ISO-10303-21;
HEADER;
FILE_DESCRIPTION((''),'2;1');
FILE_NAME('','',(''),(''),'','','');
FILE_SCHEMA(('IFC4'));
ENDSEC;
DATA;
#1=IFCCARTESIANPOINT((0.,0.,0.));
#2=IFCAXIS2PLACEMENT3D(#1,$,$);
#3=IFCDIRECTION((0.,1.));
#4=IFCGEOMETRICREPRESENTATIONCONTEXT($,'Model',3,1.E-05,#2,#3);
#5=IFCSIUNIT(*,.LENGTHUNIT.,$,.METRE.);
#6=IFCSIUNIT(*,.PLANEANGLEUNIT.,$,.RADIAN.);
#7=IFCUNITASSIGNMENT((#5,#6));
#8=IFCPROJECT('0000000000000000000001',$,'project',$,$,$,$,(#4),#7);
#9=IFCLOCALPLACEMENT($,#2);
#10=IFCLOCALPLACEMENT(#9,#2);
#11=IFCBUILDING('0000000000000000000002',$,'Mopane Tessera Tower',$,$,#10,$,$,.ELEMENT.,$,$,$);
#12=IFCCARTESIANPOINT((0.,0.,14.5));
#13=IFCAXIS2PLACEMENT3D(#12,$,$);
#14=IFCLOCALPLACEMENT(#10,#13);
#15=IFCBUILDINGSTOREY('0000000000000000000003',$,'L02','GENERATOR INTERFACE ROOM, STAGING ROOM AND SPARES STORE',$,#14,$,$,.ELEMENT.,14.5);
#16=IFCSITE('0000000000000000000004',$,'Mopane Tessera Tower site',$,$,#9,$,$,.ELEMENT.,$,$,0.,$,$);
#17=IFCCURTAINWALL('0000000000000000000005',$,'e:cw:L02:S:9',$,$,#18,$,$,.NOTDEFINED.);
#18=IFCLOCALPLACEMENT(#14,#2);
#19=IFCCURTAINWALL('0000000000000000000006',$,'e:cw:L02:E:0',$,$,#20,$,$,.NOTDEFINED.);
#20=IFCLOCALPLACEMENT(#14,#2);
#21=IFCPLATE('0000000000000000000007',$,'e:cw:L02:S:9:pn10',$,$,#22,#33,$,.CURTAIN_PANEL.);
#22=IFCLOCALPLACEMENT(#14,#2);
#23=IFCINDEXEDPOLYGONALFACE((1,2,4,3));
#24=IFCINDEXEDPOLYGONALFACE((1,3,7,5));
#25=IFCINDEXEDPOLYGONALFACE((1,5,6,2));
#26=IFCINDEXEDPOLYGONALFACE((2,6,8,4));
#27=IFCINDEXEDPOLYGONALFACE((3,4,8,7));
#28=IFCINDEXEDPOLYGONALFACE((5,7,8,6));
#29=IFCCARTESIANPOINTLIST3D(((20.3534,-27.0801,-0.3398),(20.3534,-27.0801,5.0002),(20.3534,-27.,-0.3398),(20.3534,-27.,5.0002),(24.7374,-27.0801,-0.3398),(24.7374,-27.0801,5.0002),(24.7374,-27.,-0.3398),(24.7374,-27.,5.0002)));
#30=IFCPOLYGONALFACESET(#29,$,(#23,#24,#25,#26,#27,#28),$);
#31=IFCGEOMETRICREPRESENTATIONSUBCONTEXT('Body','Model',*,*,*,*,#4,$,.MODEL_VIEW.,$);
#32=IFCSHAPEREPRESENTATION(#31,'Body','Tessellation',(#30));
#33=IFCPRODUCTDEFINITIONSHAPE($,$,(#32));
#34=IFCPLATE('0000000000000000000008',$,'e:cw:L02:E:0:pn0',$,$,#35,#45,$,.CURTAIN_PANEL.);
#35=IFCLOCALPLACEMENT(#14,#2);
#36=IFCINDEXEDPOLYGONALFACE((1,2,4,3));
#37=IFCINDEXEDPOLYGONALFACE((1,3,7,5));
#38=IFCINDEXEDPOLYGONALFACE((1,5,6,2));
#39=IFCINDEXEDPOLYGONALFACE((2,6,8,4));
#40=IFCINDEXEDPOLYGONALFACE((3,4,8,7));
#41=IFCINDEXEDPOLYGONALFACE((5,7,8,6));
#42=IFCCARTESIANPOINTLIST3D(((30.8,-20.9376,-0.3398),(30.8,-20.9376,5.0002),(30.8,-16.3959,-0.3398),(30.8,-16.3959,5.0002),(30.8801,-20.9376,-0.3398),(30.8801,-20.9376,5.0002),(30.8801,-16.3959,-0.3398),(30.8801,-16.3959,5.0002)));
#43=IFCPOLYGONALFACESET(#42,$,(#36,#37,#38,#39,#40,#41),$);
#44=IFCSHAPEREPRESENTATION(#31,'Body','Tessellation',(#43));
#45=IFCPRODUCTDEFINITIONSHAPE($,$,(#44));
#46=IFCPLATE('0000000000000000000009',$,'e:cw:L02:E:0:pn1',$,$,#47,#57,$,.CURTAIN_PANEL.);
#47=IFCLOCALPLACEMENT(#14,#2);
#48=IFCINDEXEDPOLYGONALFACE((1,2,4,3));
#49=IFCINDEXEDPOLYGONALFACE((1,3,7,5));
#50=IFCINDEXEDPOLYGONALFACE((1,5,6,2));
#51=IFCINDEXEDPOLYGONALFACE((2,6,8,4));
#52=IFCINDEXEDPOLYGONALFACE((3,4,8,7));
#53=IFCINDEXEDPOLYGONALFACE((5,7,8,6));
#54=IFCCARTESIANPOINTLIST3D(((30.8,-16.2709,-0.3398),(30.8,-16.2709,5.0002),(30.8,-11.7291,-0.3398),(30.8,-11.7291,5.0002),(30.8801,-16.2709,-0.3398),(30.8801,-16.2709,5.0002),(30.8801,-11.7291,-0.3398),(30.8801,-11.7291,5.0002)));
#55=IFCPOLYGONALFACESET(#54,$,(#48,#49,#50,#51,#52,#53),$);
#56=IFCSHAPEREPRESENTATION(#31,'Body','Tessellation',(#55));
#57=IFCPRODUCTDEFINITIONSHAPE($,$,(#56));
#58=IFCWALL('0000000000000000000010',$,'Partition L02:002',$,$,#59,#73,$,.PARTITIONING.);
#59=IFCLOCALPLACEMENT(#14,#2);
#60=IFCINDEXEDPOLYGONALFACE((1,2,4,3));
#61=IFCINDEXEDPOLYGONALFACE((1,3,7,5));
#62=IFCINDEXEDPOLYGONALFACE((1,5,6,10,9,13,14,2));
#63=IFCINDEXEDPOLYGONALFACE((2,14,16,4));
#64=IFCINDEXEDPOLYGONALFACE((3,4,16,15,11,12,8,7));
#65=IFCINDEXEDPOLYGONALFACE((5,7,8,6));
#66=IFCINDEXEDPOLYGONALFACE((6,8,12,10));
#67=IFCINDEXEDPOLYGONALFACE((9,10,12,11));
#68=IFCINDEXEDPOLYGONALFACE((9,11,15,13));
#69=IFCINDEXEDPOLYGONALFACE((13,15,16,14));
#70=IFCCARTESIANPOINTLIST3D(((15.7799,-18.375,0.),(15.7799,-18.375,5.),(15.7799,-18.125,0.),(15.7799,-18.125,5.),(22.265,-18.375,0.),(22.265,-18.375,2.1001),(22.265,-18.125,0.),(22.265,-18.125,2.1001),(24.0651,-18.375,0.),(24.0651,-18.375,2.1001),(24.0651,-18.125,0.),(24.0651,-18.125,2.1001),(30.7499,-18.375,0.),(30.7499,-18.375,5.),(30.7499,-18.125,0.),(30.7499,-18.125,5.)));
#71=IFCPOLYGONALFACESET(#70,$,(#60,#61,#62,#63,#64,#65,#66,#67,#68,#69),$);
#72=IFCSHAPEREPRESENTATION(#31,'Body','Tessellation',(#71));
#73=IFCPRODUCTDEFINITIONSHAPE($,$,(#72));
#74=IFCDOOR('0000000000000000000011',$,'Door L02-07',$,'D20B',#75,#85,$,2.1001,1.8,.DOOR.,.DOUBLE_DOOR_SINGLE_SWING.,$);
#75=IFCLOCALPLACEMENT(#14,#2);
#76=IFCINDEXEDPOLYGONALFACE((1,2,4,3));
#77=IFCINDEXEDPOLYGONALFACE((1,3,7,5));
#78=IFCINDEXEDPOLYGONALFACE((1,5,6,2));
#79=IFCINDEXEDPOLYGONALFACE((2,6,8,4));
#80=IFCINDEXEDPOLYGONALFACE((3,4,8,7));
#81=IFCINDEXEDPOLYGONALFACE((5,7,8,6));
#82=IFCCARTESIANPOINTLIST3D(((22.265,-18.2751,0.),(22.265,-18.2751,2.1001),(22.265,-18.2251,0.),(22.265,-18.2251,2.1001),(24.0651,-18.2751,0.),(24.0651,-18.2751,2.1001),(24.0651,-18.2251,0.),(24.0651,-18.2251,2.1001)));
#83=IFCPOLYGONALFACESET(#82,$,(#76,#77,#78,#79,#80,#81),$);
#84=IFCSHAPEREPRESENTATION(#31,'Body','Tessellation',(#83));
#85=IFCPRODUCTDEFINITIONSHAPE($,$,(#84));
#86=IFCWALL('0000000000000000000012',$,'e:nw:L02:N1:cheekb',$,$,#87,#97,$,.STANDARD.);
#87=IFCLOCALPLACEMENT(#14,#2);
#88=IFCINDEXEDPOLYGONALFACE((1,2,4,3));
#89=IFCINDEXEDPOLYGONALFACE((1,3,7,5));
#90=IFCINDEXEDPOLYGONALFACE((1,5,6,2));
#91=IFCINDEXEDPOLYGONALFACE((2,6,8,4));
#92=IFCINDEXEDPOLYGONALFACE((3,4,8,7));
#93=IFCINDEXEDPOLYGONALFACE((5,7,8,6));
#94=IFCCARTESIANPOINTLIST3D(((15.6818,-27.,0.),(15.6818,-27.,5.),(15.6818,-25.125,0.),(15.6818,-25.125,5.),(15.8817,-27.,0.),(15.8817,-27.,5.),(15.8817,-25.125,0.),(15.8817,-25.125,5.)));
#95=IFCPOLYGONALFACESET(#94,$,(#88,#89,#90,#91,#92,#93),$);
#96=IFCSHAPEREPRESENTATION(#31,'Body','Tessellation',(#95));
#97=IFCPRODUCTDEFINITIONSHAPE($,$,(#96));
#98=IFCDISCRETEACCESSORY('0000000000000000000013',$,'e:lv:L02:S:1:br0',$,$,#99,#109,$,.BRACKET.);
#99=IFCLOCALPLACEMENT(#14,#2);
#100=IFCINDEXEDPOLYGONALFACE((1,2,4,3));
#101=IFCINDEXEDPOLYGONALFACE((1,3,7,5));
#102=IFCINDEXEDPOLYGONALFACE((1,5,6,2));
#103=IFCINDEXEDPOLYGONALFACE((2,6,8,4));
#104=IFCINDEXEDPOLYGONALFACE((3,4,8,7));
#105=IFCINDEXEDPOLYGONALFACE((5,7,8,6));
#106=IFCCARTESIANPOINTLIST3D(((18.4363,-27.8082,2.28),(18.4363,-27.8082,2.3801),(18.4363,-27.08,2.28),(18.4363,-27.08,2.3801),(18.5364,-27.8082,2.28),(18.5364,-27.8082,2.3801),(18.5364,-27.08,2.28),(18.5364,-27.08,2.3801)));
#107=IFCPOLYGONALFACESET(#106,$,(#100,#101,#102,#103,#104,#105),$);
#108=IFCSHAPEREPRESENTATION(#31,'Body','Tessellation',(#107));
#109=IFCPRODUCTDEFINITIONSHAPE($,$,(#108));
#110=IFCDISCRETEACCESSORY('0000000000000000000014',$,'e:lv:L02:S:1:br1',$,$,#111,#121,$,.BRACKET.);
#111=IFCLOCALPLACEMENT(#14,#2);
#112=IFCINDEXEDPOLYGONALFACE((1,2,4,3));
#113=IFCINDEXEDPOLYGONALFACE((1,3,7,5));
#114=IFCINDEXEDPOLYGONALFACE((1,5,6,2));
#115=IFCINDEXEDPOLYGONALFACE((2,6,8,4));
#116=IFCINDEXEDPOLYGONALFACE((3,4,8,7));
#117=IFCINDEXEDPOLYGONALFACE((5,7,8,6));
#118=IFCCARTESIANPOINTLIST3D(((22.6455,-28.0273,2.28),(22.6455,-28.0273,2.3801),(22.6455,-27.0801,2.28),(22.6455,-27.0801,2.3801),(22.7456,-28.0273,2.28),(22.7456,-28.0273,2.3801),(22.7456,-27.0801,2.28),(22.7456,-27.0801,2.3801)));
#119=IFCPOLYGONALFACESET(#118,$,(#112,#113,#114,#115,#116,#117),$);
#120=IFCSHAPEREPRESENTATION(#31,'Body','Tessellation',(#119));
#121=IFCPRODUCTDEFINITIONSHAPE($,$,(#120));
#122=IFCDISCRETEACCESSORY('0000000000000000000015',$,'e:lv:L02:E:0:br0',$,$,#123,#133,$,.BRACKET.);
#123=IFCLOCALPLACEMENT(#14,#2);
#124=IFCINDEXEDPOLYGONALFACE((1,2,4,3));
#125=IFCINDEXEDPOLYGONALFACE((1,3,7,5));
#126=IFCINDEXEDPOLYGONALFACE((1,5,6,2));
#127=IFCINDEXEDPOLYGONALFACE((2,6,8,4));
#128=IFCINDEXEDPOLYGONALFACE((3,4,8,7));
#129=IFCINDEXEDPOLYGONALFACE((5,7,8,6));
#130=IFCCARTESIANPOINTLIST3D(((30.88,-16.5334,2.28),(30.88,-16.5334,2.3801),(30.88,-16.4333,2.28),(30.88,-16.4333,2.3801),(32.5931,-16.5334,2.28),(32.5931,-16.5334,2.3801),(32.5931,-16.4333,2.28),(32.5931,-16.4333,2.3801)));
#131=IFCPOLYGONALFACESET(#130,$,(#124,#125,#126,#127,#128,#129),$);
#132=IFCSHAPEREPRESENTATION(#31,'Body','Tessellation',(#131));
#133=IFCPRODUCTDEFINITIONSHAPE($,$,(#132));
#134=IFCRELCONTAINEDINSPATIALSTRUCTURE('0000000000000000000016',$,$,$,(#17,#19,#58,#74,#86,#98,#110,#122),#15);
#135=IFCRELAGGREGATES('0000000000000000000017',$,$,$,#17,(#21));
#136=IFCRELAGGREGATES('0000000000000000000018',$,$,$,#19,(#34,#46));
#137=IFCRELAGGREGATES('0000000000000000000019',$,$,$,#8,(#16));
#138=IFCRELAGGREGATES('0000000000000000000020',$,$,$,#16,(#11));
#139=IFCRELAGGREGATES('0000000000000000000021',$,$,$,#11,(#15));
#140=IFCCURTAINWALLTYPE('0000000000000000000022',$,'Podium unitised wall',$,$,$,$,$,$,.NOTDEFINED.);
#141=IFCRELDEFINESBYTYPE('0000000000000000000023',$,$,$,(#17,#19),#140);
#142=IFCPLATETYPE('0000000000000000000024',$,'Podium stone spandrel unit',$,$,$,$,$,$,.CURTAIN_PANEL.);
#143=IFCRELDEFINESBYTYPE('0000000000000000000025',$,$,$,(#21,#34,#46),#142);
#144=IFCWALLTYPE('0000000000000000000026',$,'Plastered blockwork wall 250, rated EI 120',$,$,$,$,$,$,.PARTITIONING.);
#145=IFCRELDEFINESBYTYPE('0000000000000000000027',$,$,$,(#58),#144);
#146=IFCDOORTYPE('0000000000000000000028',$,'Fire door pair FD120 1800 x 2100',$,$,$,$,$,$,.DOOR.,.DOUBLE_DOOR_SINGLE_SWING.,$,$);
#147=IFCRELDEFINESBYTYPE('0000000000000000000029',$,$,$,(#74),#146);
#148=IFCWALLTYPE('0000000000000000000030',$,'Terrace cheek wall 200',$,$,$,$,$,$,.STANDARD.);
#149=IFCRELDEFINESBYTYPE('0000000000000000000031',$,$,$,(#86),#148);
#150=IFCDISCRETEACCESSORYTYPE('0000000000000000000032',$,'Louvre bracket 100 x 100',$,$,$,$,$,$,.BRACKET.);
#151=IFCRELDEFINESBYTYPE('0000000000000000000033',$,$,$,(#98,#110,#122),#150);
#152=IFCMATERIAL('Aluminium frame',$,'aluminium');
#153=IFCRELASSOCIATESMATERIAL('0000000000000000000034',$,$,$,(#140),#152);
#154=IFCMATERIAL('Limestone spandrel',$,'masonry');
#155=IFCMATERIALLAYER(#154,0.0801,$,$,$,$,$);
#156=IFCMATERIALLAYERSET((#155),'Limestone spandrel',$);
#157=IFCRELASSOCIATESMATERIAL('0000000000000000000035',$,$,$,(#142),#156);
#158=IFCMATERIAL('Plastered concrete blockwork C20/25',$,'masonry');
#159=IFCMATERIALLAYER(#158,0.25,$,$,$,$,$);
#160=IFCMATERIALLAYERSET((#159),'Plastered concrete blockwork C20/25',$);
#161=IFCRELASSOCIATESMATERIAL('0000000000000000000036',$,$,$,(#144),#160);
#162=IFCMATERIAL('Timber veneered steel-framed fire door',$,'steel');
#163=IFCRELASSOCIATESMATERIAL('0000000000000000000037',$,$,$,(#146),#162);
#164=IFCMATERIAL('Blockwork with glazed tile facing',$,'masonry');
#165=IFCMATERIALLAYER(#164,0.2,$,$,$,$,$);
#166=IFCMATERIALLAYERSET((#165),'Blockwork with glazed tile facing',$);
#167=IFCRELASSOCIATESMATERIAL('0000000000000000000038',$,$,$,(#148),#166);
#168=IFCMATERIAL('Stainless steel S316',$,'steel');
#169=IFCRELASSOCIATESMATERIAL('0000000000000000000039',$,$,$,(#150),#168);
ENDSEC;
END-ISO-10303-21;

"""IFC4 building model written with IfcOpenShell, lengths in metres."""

from ifc_helpers import new_model, si_unit, direction, frame, frame_2d, origin, origin_2d, place, context, subcontext, project, spatial, rectangle, extrude, material, layer, layer_set, type_object, element, fill, aggregate, save


model = new_model("IFC4")

# Units and contexts
model_context = context("Model", 3, precision=1e-05, world=origin(), true_north=direction((0.0, 1.0)))
body_context = subcontext(model_context, "Body", "Model", "MODEL_VIEW")
ifc_project = project(units=[si_unit("LENGTHUNIT", "METRE"), si_unit("PLANEANGLEUNIT", "RADIAN")], contexts=[model_context])

# Site, building, storey
site_placement = place(None, origin())
site = spatial("IfcSite", under=ifc_project, at=site_placement, Name="Mopane Tessera Tower site", CompositionType="ELEMENT", RefElevation=0.0)
building_placement = place(site_placement, origin())
building = spatial("IfcBuilding", under=site, at=building_placement, Name="Mopane Tessera Tower", CompositionType="ELEMENT")
storey_placement = place(building_placement, frame((0.0, 0.0, 14.5)))
storey = spatial("IfcBuildingStorey", under=building, at=storey_placement, Name="L02", Description="GENERATOR INTERFACE ROOM, STAGING ROOM AND SPARES STORE", CompositionType="ELEMENT", Elevation=14.5)

# Curtain walls
ifc_material_1 = material(Name="Aluminium frame", Category="aluminium")
curtain_wall_type = type_object("IfcCurtainWallType", Name="Podium unitised wall", PredefinedType="NOTDEFINED", material=ifc_material_1)
curtain_wall_1_placement = place(storey_placement, origin())
curtain_wall_1 = element("IfcCurtainWall", 1, at=curtain_wall_1_placement, inside=storey, type_object=curtain_wall_type, Name="e:cw:L02:S:9", PredefinedType="NOTDEFINED")
curtain_wall_2_placement = place(storey_placement, origin())
curtain_wall_2 = element("IfcCurtainWall", 2, at=curtain_wall_2_placement, inside=storey, type_object=curtain_wall_type, Name="e:cw:L02:E:0", PredefinedType="NOTDEFINED")

# Plates
ifc_material_2 = material(Name="Limestone spandrel", Category="masonry")
ifc_layer_1 = layer(ifc_material_2, 0.0801)
ifc_layer_set_1 = layer_set([ifc_layer_1], Name="Limestone spandrel")
plate_type = type_object("IfcPlateType", Name="Podium stone spandrel unit", PredefinedType="CURTAIN_PANEL", material=ifc_layer_set_1)
plate_1_placement = place(storey_placement, frame((22.5454, -27.04, -0.3398), z_axis=(0.0, 0.0, 1.0), x_axis=(1.0, 0.0, 0.0)))
plate_1 = element("IfcPlate", 3, at=plate_1_placement, type_object=plate_type, Name="e:cw:L02:S:9:pn10", PredefinedType="CURTAIN_PANEL", context=body_context, shape_type="SweptSolid", body=[
    extrude(rectangle(XDim=4.384, YDim=0.0801, at=origin_2d()), origin(), (0.0, 0.0, 1.0), 5.3401),
])
aggregate(curtain_wall_1, [plate_1])
plate_2_placement = place(storey_placement, frame((30.8401, -18.6667, -0.3398), z_axis=(0.0, 0.0, 1.0), x_axis=(0.0, 1.0, 0.0)))
plate_2 = element("IfcPlate", 4, at=plate_2_placement, type_object=plate_type, Name="e:cw:L02:E:0:pn0", PredefinedType="CURTAIN_PANEL", context=body_context, shape_type="SweptSolid", body=[
    extrude(rectangle(XDim=4.5417, YDim=0.0801, at=origin_2d()), origin(), (0.0, 0.0, 1.0), 5.3401),
])
plate_3_placement = place(storey_placement, frame((30.8401, -14.0, -0.3398), z_axis=(0.0, 0.0, 1.0), x_axis=(0.0, 1.0, 0.0)))
plate_3 = element("IfcPlate", 5, at=plate_3_placement, type_object=plate_type, Name="e:cw:L02:E:0:pn1", PredefinedType="CURTAIN_PANEL", context=body_context, shape_type="SweptSolid", body=[
    extrude(rectangle(XDim=4.5417, YDim=0.0801, at=origin_2d()), origin(), (0.0, 0.0, 1.0), 5.3401),
])
aggregate(curtain_wall_2, [plate_2, plate_3])

# Wall, opening, door
ifc_material_3 = material(Name="Plastered concrete blockwork C20/25", Category="masonry")
ifc_layer_2 = layer(ifc_material_3, 0.25)
ifc_layer_set_2 = layer_set([ifc_layer_2], Name="Plastered concrete blockwork C20/25")
wall_type_1 = type_object("IfcWallType", Name="Plastered blockwork wall 250, rated EI 120", PredefinedType="PARTITIONING", material=ifc_layer_set_2)
wall_1_placement = place(storey_placement, frame((15.78, -18.25, 0.0), z_axis=(0.0, 0.0, 1.0), x_axis=(1.0, 0.0, 0.0)))
wall_1 = element("IfcWall", 6, at=wall_1_placement, inside=storey, type_object=wall_type_1, Name="Partition L02:002", PredefinedType="PARTITIONING", context=body_context, shape_type="SweptSolid", body=[
    extrude(rectangle(XDim=14.97, YDim=0.25, at=frame_2d((7.4849, 0.0))), origin(), (0.0, 0.0, 1.0), 5.0),
])
opening_placement = place(wall_1_placement, frame((6.4851, 0.0, 0.0)))
opening = element("IfcOpeningElement", 7, at=opening_placement, cuts=wall_1, PredefinedType="OPENING", context=body_context, shape_type="SweptSolid", body=[
    extrude(rectangle(XDim=1.8, YDim=2.1001, at=frame_2d((0.8999, 1.05))), frame((0.0, 0.137, 0.0), z_axis=(0.0, -1.0, 0.0), x_axis=(1.0, 0.0, 0.0)), (0.0, 0.0, 1.0), 0.2739),
])
ifc_material_4 = material(Name="Timber veneered steel-framed fire door", Category="steel")
door_type = type_object("IfcDoorType", Name="Fire door pair FD120 1800 x 2100", OperationType="DOUBLE_DOOR_SINGLE_SWING", PredefinedType="DOOR", material=ifc_material_4)
door_placement = place(opening_placement, origin())
door = element("IfcDoor", 8, at=door_placement, inside=storey, type_object=door_type, Name="Door L02-07", ObjectType="D20B", OperationType="DOUBLE_DOOR_SINGLE_SWING", OverallHeight=2.1001, OverallWidth=1.8, PredefinedType="DOOR", context=body_context, shape_type="SweptSolid", body=[
    extrude(rectangle(XDim=1.8, YDim=2.1001, at=frame_2d((0.8999, 1.05))), frame((0.0, 0.0249, 0.0), z_axis=(0.0, -1.0, 0.0), x_axis=(1.0, 0.0, 0.0)), (0.0, 0.0, 1.0), 0.05),
])
fill(opening, door)

# Wall
ifc_material_5 = material(Name="Blockwork with glazed tile facing", Category="masonry")
ifc_layer_3 = layer(ifc_material_5, 0.2)
ifc_layer_set_3 = layer_set([ifc_layer_3], Name="Blockwork with glazed tile facing")
wall_type_2 = type_object("IfcWallType", Name="Terrace cheek wall 200", PredefinedType="STANDARD", material=ifc_layer_set_3)
wall_2_placement = place(storey_placement, frame((15.7817, -27.0, 0.0), z_axis=(0.0, 0.0, 1.0), x_axis=(0.0, 1.0, 0.0)))
element("IfcWall", 9, at=wall_2_placement, inside=storey, type_object=wall_type_2, Name="e:nw:L02:N1:cheekb", PredefinedType="STANDARD", context=body_context, shape_type="SweptSolid", body=[
    extrude(rectangle(XDim=1.875, YDim=0.2, at=frame_2d((0.9375, 0.0))), origin(), (0.0, 0.0, 1.0), 5.0),
])

# Discrete accessories
ifc_material_6 = material(Name="Stainless steel S316", Category="steel")
discrete_accessory_type = type_object("IfcDiscreteAccessoryType", Name="Louvre bracket 100 x 100", PredefinedType="BRACKET", material=ifc_material_6)
discrete_accessory_1_placement = place(storey_placement, frame((18.4863, -27.4441, 2.28), z_axis=(0.0, 0.0, 1.0), x_axis=(0.0, -1.0, 0.0)))
element("IfcDiscreteAccessory", 10, at=discrete_accessory_1_placement, inside=storey, type_object=discrete_accessory_type, Name="e:lv:L02:S:1:br0", PredefinedType="BRACKET", context=body_context, shape_type="SweptSolid", body=[
    extrude(rectangle(XDim=0.7283, YDim=0.1001, at=origin_2d()), origin(), (0.0, 0.0, 1.0), 0.1001),
])
discrete_accessory_2_placement = place(storey_placement, frame((22.6956, -27.5537, 2.28), z_axis=(0.0, 0.0, 1.0), x_axis=(0.0, -1.0, 0.0)))
element("IfcDiscreteAccessory", 11, at=discrete_accessory_2_placement, inside=storey, type_object=discrete_accessory_type, Name="e:lv:L02:S:1:br1", PredefinedType="BRACKET", context=body_context, shape_type="SweptSolid", body=[
    extrude(rectangle(XDim=0.9473, YDim=0.1001, at=origin_2d()), origin(), (0.0, 0.0, 1.0), 0.1001),
])
discrete_accessory_3_placement = place(storey_placement, frame((31.7366, -16.4834, 2.28), z_axis=(0.0, 0.0, 1.0), x_axis=(1.0, 0.0, 0.0)))
element("IfcDiscreteAccessory", 12, at=discrete_accessory_3_placement, inside=storey, type_object=discrete_accessory_type, Name="e:lv:L02:E:0:br0", PredefinedType="BRACKET", context=body_context, shape_type="SweptSolid", body=[
    extrude(rectangle(XDim=1.7131, YDim=0.1001, at=origin_2d()), origin(), (0.0, 0.0, 1.0), 0.1001),
])

save(model, "model.ifc")
